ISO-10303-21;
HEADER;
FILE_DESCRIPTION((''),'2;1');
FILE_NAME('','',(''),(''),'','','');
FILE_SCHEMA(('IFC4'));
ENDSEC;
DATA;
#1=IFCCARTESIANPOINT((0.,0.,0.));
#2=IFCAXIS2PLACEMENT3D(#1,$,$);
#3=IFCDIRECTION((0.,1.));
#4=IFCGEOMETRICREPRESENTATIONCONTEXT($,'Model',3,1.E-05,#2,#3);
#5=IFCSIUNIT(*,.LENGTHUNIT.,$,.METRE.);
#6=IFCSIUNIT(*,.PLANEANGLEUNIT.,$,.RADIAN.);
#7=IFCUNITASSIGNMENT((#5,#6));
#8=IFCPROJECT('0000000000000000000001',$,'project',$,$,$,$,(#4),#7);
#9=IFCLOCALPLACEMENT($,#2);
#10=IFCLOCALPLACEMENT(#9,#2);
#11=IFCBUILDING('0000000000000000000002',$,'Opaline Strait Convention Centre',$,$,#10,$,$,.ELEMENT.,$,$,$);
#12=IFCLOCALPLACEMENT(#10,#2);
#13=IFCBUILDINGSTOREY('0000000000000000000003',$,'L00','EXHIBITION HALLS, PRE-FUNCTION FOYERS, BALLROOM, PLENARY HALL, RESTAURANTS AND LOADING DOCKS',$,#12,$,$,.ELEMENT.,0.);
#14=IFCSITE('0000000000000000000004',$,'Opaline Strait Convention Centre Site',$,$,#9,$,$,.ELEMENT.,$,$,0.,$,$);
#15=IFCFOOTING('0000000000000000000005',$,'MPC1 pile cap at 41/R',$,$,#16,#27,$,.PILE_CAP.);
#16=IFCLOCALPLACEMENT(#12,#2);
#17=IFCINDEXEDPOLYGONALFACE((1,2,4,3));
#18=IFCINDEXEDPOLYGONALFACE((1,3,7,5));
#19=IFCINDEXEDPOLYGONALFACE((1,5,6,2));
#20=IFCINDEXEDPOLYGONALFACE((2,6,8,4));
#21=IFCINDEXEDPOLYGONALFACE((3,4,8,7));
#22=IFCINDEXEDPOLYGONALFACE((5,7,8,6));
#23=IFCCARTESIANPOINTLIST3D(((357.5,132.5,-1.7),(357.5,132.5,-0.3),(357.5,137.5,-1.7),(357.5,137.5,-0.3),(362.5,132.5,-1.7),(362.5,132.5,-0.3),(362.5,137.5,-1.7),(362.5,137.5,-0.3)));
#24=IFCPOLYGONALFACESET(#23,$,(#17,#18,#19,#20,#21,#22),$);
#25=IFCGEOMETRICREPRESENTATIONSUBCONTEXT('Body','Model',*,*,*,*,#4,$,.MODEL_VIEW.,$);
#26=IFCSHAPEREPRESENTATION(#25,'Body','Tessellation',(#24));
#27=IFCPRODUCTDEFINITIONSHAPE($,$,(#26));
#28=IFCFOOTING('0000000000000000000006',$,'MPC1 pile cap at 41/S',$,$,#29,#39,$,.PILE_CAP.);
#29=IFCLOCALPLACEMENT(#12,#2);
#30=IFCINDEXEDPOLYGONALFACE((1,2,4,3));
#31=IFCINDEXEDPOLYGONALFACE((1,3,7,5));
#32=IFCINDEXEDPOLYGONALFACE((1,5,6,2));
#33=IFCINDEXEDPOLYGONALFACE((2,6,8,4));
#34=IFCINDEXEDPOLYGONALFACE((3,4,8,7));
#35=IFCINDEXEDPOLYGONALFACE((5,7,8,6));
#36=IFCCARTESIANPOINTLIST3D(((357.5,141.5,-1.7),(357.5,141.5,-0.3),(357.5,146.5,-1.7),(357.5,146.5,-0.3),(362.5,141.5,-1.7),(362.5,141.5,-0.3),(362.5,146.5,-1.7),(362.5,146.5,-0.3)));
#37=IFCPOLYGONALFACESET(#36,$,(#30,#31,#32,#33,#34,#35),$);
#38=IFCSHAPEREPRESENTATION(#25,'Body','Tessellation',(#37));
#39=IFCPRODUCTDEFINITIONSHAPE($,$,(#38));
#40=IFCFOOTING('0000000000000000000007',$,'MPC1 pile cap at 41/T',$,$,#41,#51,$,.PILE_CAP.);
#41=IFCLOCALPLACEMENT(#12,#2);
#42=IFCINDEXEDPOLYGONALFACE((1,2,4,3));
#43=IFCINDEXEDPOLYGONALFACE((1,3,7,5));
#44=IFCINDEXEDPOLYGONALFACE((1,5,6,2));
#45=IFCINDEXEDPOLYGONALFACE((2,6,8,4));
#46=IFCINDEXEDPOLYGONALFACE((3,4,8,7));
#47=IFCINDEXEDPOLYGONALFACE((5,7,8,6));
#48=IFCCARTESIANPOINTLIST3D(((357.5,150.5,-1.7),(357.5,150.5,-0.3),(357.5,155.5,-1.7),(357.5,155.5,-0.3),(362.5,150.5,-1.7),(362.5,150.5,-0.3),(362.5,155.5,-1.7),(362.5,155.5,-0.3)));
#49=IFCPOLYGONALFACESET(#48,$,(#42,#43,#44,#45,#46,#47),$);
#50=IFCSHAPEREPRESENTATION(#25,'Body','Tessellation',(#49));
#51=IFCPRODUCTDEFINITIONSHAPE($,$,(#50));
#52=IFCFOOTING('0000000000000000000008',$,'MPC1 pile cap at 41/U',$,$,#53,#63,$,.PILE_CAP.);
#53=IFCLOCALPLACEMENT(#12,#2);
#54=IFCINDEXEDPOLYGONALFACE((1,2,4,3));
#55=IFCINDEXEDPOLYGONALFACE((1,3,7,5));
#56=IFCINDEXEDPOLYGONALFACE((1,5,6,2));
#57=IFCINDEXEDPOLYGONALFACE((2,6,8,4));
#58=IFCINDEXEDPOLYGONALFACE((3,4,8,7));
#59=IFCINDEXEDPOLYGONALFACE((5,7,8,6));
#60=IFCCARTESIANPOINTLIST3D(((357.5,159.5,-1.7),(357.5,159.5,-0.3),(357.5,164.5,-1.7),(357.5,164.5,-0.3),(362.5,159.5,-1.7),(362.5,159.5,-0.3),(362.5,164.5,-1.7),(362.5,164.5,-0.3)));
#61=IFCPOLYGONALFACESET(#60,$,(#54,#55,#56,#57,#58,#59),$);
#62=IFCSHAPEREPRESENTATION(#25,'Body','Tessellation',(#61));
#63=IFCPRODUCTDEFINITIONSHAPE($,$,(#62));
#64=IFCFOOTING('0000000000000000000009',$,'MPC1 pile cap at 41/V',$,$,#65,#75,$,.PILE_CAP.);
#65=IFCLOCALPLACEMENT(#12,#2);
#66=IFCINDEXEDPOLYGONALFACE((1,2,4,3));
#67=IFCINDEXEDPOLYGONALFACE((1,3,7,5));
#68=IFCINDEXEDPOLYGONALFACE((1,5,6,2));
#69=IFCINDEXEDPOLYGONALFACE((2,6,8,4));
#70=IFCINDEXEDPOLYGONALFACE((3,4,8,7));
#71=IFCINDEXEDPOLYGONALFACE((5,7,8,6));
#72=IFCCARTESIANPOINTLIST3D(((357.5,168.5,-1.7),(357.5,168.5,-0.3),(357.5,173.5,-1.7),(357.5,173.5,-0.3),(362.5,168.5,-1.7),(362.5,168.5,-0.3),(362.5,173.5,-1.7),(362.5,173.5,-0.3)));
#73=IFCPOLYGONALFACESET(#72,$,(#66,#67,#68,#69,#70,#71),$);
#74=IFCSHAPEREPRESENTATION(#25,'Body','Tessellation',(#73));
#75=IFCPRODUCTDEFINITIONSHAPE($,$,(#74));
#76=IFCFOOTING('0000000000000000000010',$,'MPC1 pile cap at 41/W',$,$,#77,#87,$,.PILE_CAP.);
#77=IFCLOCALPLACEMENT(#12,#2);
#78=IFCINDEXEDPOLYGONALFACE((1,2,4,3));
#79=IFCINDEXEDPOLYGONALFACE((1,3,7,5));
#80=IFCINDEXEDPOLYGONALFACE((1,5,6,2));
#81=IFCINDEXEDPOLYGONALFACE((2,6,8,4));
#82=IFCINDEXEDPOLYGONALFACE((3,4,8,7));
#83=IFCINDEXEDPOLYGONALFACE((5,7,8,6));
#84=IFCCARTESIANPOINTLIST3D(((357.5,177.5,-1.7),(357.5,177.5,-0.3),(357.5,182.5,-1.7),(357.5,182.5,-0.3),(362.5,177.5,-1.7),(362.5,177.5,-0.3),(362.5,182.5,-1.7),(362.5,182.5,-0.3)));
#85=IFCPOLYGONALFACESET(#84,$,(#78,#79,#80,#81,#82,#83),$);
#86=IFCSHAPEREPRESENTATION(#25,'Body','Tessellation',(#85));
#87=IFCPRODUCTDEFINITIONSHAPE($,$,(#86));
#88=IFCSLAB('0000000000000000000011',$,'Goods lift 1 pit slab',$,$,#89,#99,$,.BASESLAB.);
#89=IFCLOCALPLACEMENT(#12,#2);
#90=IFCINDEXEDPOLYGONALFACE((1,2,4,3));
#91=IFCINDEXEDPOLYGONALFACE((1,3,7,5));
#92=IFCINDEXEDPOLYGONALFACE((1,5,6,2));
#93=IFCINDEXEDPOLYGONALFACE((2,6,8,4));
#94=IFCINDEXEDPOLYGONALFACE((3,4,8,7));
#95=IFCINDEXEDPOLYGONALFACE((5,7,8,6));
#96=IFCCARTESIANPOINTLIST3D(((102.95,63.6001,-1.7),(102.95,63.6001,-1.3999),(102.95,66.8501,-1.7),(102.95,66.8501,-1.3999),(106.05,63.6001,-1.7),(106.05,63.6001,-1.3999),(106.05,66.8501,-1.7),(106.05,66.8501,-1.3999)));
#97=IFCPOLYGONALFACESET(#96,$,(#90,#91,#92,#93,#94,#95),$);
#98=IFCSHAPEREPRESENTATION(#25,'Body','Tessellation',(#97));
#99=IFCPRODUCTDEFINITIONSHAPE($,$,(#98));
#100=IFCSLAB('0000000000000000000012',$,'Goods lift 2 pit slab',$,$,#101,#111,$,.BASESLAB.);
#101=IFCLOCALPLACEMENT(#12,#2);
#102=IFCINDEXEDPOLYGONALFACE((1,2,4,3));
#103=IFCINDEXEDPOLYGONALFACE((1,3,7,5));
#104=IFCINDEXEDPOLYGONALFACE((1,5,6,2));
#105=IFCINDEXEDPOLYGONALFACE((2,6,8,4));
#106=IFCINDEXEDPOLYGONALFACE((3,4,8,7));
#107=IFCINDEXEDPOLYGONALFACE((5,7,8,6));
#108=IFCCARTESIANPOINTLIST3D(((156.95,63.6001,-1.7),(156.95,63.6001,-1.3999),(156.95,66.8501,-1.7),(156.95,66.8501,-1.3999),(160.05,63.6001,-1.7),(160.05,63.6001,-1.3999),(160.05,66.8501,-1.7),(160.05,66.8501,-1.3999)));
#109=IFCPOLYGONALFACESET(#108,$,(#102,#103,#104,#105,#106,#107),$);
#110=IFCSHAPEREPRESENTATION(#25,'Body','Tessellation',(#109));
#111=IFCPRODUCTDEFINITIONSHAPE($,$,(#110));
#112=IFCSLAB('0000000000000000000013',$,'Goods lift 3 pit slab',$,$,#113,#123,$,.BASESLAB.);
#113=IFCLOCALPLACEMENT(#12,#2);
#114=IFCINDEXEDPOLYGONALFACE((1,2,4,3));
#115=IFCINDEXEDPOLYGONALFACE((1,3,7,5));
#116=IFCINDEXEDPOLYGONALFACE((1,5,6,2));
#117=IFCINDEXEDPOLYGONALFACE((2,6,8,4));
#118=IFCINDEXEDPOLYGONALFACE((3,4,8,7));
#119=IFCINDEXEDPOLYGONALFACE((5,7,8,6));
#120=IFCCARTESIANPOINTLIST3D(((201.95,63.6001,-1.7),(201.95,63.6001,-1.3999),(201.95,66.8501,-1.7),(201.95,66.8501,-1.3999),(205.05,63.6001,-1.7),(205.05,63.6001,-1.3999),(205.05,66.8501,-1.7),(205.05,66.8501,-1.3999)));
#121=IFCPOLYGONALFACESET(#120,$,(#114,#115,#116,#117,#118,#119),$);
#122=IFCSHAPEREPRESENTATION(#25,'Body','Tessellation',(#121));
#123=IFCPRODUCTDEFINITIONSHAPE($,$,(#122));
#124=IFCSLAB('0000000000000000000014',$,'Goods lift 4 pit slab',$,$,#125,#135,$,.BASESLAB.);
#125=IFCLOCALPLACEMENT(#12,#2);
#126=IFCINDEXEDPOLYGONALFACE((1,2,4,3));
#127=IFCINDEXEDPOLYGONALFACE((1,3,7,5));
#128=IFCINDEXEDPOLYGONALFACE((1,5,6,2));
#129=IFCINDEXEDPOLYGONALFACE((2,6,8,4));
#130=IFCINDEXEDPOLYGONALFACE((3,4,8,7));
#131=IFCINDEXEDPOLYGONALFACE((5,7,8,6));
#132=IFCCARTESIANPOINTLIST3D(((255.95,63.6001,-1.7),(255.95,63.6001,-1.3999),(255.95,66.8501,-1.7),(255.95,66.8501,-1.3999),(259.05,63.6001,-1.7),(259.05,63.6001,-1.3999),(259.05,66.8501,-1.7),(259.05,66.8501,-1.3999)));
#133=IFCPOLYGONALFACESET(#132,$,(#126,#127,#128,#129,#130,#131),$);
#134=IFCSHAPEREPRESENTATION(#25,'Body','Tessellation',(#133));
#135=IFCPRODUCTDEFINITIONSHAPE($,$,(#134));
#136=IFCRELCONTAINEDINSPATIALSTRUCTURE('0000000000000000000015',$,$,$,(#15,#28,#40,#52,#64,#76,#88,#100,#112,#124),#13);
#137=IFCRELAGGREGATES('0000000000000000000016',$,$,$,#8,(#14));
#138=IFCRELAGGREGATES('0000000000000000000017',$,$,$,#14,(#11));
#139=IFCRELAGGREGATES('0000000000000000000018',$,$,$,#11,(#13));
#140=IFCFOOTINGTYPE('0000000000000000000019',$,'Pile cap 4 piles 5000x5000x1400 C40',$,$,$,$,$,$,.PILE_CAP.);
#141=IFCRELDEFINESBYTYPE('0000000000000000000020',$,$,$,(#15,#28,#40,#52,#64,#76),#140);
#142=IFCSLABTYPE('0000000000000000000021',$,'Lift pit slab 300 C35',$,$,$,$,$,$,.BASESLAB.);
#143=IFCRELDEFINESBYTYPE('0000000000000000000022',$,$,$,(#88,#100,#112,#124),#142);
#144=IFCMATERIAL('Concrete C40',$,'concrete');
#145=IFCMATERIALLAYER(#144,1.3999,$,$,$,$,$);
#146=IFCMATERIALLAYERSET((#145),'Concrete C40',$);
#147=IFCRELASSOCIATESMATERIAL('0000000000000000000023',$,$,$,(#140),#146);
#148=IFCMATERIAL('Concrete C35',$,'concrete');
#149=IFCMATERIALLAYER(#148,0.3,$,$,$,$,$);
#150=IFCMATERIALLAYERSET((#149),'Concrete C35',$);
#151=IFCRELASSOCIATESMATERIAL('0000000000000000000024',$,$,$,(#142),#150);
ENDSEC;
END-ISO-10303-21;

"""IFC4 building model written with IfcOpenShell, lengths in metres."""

from ifc_helpers import new_model, si_unit, direction, frame, origin, place, context, subcontext, project, spatial, polyline, outline, extrude, material, layer, layer_set, type_object, element, save


model = new_model("IFC4")

# Units and contexts
model_context = context("Model", 3, precision=1e-05, world=origin(), true_north=direction((0.0, 1.0)))
body_context = subcontext(model_context, "Body", "Model", "MODEL_VIEW")
ifc_project = project(units=[si_unit("LENGTHUNIT", "METRE"), si_unit("PLANEANGLEUNIT", "RADIAN")], contexts=[model_context])

# Site, building, storey
site_placement = place(None, origin())
site = spatial("IfcSite", under=ifc_project, at=site_placement, Name="Opaline Strait Convention Centre Site", CompositionType="ELEMENT", RefElevation=0.0)
building_placement = place(site_placement, origin())
building = spatial("IfcBuilding", under=site, at=building_placement, Name="Opaline Strait Convention Centre", CompositionType="ELEMENT")
storey_placement = place(building_placement, origin())
storey = spatial("IfcBuildingStorey", under=building, at=storey_placement, Name="L00", Description="EXHIBITION HALLS, PRE-FUNCTION FOYERS, BALLROOM, PLENARY HALL, RESTAURANTS AND LOADING DOCKS", CompositionType="ELEMENT", Elevation=0.0)

# Footings
ifc_material_1 = material(Name="Concrete C35", Category="concrete")
ifc_material_2 = material(Name="Concrete C40", Category="concrete")
ifc_layer_1 = layer(ifc_material_2, 1.3999)
ifc_layer_set_1 = layer_set([ifc_layer_1], Name="Concrete C40")
footing_type_1 = type_object("IfcFootingType", Name="Pile cap 4 piles 5000x5000x1400 C40", PredefinedType="PILE_CAP", material=ifc_layer_set_1)
footing_1_placement = place(storey_placement, frame((0.0, 0.0, -1.7)))
element("IfcFooting", 1, at=footing_1_placement, inside=storey, type_object=footing_type_1, Name="MPC1 pile cap at 41/R", PredefinedType="PILE_CAP", context=body_context, shape_type="SweptSolid", body=[
    extrude(outline(polyline([(357.5, 132.5), (362.5, 132.5), (362.5, 137.5), (357.5, 137.5), (357.5, 132.5)])), origin(), (0.0, 0.0, 1.0), 1.3999),
])
footing_2_placement = place(storey_placement, frame((0.0, 0.0, -1.7)))
element("IfcFooting", 2, at=footing_2_placement, inside=storey, type_object=footing_type_1, Name="MPC1 pile cap at 41/S", PredefinedType="PILE_CAP", context=body_context, shape_type="SweptSolid", body=[
    extrude(outline(polyline([(357.5, 141.5), (362.5, 141.5), (362.5, 146.5), (357.5, 146.5), (357.5, 141.5)])), origin(), (0.0, 0.0, 1.0), 1.3999),
])
footing_3_placement = place(storey_placement, frame((0.0, 0.0, -1.7)))
element("IfcFooting", 3, at=footing_3_placement, inside=storey, type_object=footing_type_1, Name="MPC1 pile cap at 41/T", PredefinedType="PILE_CAP", context=body_context, shape_type="SweptSolid", body=[
    extrude(outline(polyline([(357.5, 150.5), (362.5, 150.5), (362.5, 155.5), (357.5, 155.5), (357.5, 150.5)])), origin(), (0.0, 0.0, 1.0), 1.3999),
])
footing_4_placement = place(storey_placement, frame((0.0, 0.0, -1.7)))
element("IfcFooting", 4, at=footing_4_placement, inside=storey, type_object=footing_type_1, Name="MPC1 pile cap at 41/U", PredefinedType="PILE_CAP", context=body_context, shape_type="SweptSolid", body=[
    extrude(outline(polyline([(357.5, 159.5), (362.5, 159.5), (362.5, 164.5), (357.5, 164.5), (357.5, 159.5)])), origin(), (0.0, 0.0, 1.0), 1.3999),
])
footing_5_placement = place(storey_placement, frame((0.0, 0.0, -1.7)))
element("IfcFooting", 5, at=footing_5_placement, inside=storey, type_object=footing_type_1, Name="MPC1 pile cap at 41/V", PredefinedType="PILE_CAP", context=body_context, shape_type="SweptSolid", body=[
    extrude(outline(polyline([(357.5, 168.5), (362.5, 168.5), (362.5, 173.5), (357.5, 173.5), (357.5, 168.5)])), origin(), (0.0, 0.0, 1.0), 1.3999),
])
footing_6_placement = place(storey_placement, frame((0.0, 0.0, -1.7)))
element("IfcFooting", 6, at=footing_6_placement, inside=storey, type_object=footing_type_1, Name="MPC1 pile cap at 41/W", PredefinedType="PILE_CAP", context=body_context, shape_type="SweptSolid", body=[
    extrude(outline(polyline([(357.5, 177.5), (362.5, 177.5), (362.5, 182.5), (357.5, 182.5), (357.5, 177.5)])), origin(), (0.0, 0.0, 1.0), 1.3999),
])

# Slabs
ifc_layer_2 = layer(ifc_material_1, 0.3)
ifc_layer_set_2 = layer_set([ifc_layer_2], Name="Concrete C35")
slab_type = type_object("IfcSlabType", Name="Lift pit slab 300 C35", PredefinedType="BASESLAB", material=ifc_layer_set_2)
slab_1_placement = place(storey_placement, frame((0.0, 0.0, -1.7)))
element("IfcSlab", 7, at=slab_1_placement, inside=storey, type_object=slab_type, Name="Goods lift 1 pit slab", PredefinedType="BASESLAB", context=body_context, shape_type="SweptSolid", body=[
    extrude(outline(polyline([(102.95, 63.6001), (106.05, 63.6001), (106.05, 66.8501), (102.95, 66.8501), (102.95, 63.6001)])), origin(), (0.0, 0.0, 1.0), 0.3),
])
slab_2_placement = place(storey_placement, frame((0.0, 0.0, -1.7)))
element("IfcSlab", 8, at=slab_2_placement, inside=storey, type_object=slab_type, Name="Goods lift 2 pit slab", PredefinedType="BASESLAB", context=body_context, shape_type="SweptSolid", body=[
    extrude(outline(polyline([(156.95, 63.6001), (160.05, 63.6001), (160.05, 66.8501), (156.95, 66.8501), (156.95, 63.6001)])), origin(), (0.0, 0.0, 1.0), 0.3),
])
slab_3_placement = place(storey_placement, frame((0.0, 0.0, -1.7)))
element("IfcSlab", 9, at=slab_3_placement, inside=storey, type_object=slab_type, Name="Goods lift 3 pit slab", PredefinedType="BASESLAB", context=body_context, shape_type="SweptSolid", body=[
    extrude(outline(polyline([(201.95, 63.6001), (205.05, 63.6001), (205.05, 66.8501), (201.95, 66.8501), (201.95, 63.6001)])), origin(), (0.0, 0.0, 1.0), 0.3),
])
slab_4_placement = place(storey_placement, frame((0.0, 0.0, -1.7)))
element("IfcSlab", 10, at=slab_4_placement, inside=storey, type_object=slab_type, Name="Goods lift 4 pit slab", PredefinedType="BASESLAB", context=body_context, shape_type="SweptSolid", body=[
    extrude(outline(polyline([(255.95, 63.6001), (259.05, 63.6001), (259.05, 66.8501), (255.95, 66.8501), (255.95, 63.6001)])), origin(), (0.0, 0.0, 1.0), 0.3),
])

save(model, "model.ifc")
